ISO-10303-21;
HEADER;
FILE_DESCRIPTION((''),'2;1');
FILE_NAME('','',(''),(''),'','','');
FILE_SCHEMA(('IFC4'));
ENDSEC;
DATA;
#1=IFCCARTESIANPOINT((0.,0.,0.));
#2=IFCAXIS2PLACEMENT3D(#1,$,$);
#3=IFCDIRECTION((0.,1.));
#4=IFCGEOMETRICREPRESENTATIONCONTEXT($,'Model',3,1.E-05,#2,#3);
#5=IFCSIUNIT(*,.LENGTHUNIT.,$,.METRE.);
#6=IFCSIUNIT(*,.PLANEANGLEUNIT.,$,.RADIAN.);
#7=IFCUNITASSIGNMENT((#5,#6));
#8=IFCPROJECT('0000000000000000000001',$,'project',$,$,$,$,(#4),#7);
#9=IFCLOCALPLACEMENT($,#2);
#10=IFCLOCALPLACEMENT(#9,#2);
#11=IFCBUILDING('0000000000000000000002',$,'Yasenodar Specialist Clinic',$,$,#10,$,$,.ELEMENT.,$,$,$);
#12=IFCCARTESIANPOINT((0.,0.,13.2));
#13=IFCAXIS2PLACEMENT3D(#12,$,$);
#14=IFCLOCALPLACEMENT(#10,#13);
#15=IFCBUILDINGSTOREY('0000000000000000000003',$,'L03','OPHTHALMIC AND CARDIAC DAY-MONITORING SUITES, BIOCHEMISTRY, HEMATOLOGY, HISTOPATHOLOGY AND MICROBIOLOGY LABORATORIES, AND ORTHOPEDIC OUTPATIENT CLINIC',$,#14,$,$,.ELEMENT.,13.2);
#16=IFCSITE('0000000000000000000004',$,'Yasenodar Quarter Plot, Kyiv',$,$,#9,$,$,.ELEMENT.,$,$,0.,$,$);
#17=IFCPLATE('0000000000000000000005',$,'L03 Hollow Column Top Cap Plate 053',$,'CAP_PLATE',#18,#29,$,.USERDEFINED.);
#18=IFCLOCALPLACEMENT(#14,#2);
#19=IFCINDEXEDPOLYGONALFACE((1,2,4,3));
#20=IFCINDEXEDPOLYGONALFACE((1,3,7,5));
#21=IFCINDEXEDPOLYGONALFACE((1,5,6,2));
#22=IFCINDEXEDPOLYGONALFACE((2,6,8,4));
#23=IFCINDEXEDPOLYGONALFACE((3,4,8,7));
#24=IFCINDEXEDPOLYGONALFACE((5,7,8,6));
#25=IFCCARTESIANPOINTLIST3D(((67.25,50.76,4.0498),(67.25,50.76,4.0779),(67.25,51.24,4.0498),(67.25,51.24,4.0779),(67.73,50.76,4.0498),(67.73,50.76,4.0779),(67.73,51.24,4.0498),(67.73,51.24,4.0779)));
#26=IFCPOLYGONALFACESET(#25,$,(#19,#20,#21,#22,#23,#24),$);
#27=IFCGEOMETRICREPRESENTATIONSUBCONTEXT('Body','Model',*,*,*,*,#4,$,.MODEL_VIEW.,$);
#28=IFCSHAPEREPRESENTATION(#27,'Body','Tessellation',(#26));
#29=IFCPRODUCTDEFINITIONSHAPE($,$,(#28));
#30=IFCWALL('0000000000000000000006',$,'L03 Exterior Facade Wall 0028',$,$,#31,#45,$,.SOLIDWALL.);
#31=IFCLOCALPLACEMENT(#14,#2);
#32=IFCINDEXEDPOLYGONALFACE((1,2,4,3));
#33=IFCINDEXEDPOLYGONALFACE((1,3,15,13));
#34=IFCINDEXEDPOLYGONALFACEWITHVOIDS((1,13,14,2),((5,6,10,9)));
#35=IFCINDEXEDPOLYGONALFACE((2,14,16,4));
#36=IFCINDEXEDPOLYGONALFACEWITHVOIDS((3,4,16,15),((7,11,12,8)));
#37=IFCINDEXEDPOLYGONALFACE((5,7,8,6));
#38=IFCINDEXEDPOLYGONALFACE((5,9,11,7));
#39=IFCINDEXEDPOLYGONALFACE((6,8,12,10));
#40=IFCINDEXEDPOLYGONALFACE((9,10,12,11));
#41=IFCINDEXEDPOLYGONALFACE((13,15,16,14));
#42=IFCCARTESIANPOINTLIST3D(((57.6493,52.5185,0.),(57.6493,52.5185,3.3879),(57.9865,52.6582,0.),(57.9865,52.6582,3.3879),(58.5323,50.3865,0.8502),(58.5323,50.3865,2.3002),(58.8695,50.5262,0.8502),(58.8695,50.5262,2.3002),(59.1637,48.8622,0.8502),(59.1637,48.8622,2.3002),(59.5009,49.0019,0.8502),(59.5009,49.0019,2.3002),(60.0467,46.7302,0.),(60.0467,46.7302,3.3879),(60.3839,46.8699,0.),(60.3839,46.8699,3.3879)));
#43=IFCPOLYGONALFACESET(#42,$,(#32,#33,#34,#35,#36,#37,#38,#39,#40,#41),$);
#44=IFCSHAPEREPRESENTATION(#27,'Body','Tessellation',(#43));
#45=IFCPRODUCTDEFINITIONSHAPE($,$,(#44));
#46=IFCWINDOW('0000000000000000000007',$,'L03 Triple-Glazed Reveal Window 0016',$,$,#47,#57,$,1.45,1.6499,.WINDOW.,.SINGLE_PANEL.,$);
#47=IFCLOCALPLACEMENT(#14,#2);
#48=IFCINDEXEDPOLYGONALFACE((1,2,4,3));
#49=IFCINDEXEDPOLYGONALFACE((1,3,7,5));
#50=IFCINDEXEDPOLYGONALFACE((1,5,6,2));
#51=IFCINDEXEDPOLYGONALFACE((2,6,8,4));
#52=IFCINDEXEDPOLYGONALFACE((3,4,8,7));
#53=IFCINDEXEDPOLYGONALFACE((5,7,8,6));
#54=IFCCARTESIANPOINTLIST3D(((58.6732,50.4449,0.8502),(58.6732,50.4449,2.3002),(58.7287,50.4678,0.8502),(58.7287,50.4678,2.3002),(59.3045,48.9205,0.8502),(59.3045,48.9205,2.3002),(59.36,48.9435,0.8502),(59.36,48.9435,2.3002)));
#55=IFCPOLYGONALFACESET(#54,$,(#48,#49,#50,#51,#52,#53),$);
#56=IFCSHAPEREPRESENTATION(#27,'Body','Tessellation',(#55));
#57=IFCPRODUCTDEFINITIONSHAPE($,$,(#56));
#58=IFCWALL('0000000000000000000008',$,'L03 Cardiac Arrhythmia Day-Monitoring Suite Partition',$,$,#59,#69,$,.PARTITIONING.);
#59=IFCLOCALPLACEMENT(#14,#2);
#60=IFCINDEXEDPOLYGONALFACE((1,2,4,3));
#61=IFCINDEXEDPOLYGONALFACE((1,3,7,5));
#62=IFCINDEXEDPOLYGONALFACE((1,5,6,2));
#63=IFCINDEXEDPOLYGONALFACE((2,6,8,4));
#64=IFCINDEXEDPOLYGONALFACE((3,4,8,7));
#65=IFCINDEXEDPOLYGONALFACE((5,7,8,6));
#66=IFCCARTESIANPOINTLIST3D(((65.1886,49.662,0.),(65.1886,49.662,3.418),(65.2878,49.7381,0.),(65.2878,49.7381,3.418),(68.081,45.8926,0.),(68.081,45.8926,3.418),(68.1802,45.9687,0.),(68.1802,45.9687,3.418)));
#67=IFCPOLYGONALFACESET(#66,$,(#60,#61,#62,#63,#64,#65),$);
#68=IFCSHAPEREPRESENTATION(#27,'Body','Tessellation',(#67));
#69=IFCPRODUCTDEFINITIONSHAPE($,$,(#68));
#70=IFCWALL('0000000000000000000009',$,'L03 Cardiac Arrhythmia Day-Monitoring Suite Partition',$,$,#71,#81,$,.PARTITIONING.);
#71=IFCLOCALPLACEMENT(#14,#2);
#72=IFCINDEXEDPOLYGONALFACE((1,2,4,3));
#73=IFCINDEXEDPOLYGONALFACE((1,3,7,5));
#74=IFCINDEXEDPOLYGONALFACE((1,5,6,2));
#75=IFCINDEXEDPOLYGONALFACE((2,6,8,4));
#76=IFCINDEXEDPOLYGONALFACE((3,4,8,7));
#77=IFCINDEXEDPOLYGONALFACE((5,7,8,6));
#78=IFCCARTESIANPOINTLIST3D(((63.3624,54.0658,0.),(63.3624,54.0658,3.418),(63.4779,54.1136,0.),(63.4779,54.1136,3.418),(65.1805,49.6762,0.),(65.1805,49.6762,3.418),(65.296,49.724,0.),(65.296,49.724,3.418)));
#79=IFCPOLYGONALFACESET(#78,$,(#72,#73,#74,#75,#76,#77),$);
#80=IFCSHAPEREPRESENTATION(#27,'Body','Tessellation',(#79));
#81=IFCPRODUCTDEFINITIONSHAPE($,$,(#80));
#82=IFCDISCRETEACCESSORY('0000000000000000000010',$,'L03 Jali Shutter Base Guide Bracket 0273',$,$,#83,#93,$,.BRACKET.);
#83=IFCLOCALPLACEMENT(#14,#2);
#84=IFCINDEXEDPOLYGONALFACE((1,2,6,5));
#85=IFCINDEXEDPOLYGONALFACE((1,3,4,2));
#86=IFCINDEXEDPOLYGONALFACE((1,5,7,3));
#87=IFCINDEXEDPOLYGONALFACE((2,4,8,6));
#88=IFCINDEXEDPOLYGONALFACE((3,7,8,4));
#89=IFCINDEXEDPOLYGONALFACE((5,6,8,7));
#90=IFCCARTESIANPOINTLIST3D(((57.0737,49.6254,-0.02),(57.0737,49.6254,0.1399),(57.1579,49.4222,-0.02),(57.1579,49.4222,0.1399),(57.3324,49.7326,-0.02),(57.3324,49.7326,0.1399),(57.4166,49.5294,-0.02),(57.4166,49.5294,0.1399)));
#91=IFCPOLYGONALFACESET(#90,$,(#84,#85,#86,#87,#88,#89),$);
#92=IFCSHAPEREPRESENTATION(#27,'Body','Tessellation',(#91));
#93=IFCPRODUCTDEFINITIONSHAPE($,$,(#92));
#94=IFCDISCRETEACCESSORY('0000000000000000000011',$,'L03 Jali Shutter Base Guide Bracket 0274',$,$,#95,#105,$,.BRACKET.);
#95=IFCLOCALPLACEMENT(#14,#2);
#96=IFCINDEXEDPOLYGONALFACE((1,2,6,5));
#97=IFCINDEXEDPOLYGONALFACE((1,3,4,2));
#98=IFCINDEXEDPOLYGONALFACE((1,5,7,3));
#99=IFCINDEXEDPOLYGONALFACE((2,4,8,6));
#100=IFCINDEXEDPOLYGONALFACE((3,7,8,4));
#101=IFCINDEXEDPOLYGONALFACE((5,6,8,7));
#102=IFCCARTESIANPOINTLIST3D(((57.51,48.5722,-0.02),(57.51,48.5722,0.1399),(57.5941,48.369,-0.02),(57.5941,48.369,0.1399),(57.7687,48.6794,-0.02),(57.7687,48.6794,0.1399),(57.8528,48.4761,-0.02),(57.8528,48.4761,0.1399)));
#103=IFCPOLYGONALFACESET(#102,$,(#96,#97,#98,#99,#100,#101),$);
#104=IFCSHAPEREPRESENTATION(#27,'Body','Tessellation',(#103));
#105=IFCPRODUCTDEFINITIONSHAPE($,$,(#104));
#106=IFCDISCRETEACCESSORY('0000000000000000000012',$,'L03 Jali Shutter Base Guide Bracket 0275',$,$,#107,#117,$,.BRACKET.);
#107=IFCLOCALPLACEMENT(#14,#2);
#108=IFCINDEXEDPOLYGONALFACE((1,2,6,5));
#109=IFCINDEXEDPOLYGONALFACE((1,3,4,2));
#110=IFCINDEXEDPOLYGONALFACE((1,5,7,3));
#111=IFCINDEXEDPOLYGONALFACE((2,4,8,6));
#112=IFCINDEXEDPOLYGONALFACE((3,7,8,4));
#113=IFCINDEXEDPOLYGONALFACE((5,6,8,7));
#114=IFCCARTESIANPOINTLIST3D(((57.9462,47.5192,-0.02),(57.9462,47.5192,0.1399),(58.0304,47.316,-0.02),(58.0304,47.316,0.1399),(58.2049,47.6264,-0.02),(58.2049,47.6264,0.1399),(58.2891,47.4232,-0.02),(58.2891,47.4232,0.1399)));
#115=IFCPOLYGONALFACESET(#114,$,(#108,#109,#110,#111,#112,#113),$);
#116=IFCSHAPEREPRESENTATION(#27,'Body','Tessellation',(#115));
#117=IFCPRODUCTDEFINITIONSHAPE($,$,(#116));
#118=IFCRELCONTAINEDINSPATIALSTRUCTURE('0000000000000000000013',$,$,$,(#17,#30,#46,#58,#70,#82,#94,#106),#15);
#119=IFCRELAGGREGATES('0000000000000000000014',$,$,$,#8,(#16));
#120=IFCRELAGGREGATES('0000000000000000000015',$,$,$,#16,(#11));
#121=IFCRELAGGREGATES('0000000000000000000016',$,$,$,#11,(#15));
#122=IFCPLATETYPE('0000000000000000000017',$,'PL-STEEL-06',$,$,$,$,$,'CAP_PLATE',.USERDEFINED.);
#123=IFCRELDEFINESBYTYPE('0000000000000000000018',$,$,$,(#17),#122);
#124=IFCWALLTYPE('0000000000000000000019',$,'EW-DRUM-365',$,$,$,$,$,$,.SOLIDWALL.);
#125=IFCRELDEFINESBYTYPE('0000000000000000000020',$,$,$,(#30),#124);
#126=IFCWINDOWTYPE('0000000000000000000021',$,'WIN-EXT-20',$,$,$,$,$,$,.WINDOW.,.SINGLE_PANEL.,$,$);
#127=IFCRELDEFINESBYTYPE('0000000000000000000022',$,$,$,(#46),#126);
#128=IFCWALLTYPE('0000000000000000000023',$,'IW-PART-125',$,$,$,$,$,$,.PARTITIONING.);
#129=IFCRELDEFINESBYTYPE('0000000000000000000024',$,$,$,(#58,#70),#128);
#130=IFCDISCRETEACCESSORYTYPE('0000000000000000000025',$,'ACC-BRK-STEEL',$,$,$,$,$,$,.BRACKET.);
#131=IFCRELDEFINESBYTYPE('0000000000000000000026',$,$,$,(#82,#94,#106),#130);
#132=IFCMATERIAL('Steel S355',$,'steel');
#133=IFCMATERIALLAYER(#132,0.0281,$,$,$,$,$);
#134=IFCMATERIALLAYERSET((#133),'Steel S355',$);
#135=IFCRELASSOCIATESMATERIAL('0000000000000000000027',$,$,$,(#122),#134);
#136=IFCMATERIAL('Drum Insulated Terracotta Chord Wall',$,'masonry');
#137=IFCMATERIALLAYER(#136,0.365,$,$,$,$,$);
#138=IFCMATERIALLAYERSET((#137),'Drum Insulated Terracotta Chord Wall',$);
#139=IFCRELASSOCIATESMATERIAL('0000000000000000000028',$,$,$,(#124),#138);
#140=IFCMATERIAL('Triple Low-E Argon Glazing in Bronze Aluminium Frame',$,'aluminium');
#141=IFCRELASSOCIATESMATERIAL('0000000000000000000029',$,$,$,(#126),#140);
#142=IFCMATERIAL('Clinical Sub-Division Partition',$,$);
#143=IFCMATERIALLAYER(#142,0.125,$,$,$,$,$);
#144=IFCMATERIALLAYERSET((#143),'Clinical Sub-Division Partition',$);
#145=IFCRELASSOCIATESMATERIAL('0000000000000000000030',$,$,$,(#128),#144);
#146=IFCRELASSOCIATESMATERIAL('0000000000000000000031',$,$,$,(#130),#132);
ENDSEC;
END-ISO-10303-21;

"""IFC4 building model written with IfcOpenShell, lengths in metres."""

from ifc_helpers import new_model, si_unit, direction, frame, frame_2d, origin, origin_2d, place, context, subcontext, project, spatial, rectangle, extrude, material, layer, layer_set, type_object, element, fill, save


model = new_model("IFC4")

# Units and contexts
model_context = context("Model", 3, precision=1e-05, world=origin(), true_north=direction((0.0, 1.0)))
body_context = subcontext(model_context, "Body", "Model", "MODEL_VIEW")
ifc_project = project(units=[si_unit("LENGTHUNIT", "METRE"), si_unit("PLANEANGLEUNIT", "RADIAN")], contexts=[model_context])

# Site, building, storey
site_placement = place(None, origin())
site = spatial("IfcSite", under=ifc_project, at=site_placement, Name="Yasenodar Quarter Plot, Kyiv", CompositionType="ELEMENT", RefElevation=0.0)
building_placement = place(site_placement, origin())
building = spatial("IfcBuilding", under=site, at=building_placement, Name="Yasenodar Specialist Clinic", CompositionType="ELEMENT")
storey_placement = place(building_placement, frame((0.0, 0.0, 13.2)))
storey = spatial("IfcBuildingStorey", under=building, at=storey_placement, Name="L03", Description="OPHTHALMIC AND CARDIAC DAY-MONITORING SUITES, BIOCHEMISTRY, HEMATOLOGY, HISTOPATHOLOGY AND MICROBIOLOGY LABORATORIES, AND ORTHOPEDIC OUTPATIENT CLINIC", CompositionType="ELEMENT", Elevation=13.2)

# Shared definitions
ifc_material_1 = material(Name="Steel S355", Category="steel")

# Plate
ifc_layer_1 = layer(ifc_material_1, 0.0281)
ifc_layer_set_1 = layer_set([ifc_layer_1], Name="Steel S355")
plate_type_1 = type_object("IfcPlateType", Name="PL-STEEL-06", ElementType="CAP_PLATE", PredefinedType="USERDEFINED", material=ifc_layer_set_1)
plate_1_placement = place(storey_placement, frame((67.49, 51.0, 4.0498), z_axis=(0.0, 0.0, 1.0), x_axis=(1.0, 0.0, 0.0)))
element("IfcPlate", 1, at=plate_1_placement, inside=storey, type_object=plate_type_1, Name="L03 Hollow Column Top Cap Plate 053", ObjectType="CAP_PLATE", PredefinedType="USERDEFINED", context=body_context, shape_type="SweptSolid", body=[
    extrude(rectangle(XDim=0.48, YDim=0.48, at=origin_2d()), origin(), (0.0, 0.0, 1.0), 0.0281),
])

# Wall, opening, window
ifc_material_2 = material(Name="Drum Insulated Terracotta Chord Wall", Category="masonry")
ifc_layer_2 = layer(ifc_material_2, 0.365)
ifc_layer_set_2 = layer_set([ifc_layer_2], Name="Drum Insulated Terracotta Chord Wall")
wall_type_1 = type_object("IfcWallType", Name="EW-DRUM-365", PredefinedType="SOLIDWALL", material=ifc_layer_set_2)
wall_placement = place(storey_placement, frame((60.2153, 46.8, 0.0), z_axis=(0.0, 0.0, 1.0), x_axis=(-0.382664, 0.923888, 0.0)))
wall = element("IfcWall", 2, at=wall_placement, inside=storey, type_object=wall_type_1, Name="L03 Exterior Facade Wall 0028", PredefinedType="SOLIDWALL", context=body_context, shape_type="SweptSolid", body=[
    extrude(rectangle(XDim=6.2651, YDim=0.365, at=frame_2d((3.1326, 0.0))), origin(), (0.0, 0.0, 1.0), 3.3879),
])
opening_placement = place(wall_placement, frame((2.3076, 0.0, 0.8501)))
opening = element("IfcOpeningElement", 3, at=opening_placement, cuts=wall, PredefinedType="OPENING", context=body_context, shape_type="SweptSolid", body=[
    extrude(rectangle(XDim=1.6499, YDim=1.45, at=frame_2d((0.825, 0.7251))), frame((0.0, 0.1924, 0.0), z_axis=(0.0, -1.0, 0.0), x_axis=(1.0, 0.0, 0.0)), (0.0, 0.0, 1.0), 0.385),
])
ifc_material_3 = material(Name="Triple Low-E Argon Glazing in Bronze Aluminium Frame", Category="aluminium")
window_type = type_object("IfcWindowType", Name="WIN-EXT-20", PartitioningType="SINGLE_PANEL", PredefinedType="WINDOW", material=ifc_material_3)
window_placement = place(opening_placement, origin())
window = element("IfcWindow", 4, at=window_placement, inside=storey, type_object=window_type, Name="L03 Triple-Glazed Reveal Window 0016", OverallHeight=1.45, OverallWidth=1.6499, PartitioningType="SINGLE_PANEL", PredefinedType="WINDOW", context=body_context, shape_type="SweptSolid", body=[
    extrude(rectangle(XDim=1.6499, YDim=1.45, at=frame_2d((0.825, 0.7251))), frame((0.0, 0.03, 0.0), z_axis=(0.0, -1.0, 0.0), x_axis=(1.0, 0.0, 0.0)), (0.0, 0.0, 1.0), 0.0601),
])
fill(opening, window)

# Walls
ifc_material_4 = material(Name="Clinical Sub-Division Partition")
ifc_layer_3 = layer(ifc_material_4, 0.125)
ifc_layer_set_3 = layer_set([ifc_layer_3], Name="Clinical Sub-Division Partition")
wall_type_2 = type_object("IfcWallType", Name="IW-PART-125", PredefinedType="PARTITIONING", material=ifc_layer_set_3)
for number, where, z_axis, x_axis, name in (
    (5, (65.2383, 49.7, 0.0), (0.0, 0.0, 1.0), (0.608769, -0.793347, 0.0), "L03 Cardiac Arrhythmia Day-Monitoring Suite Partition"),
    (6, (63.4202, 54.0896, 0.0), (0.0, 0.0, 1.0), (0.382659, -0.92389, 0.0), "L03 Cardiac Arrhythmia Day-Monitoring Suite Partition"),
):
    element("IfcWall", number, at=place(storey_placement, frame(where, z_axis=z_axis, x_axis=x_axis)), inside=storey, type_object=wall_type_2, Name=name, PredefinedType="PARTITIONING", context=body_context, shape_type="SweptSolid", body=[
        extrude(rectangle(XDim=4.7512, YDim=0.125, at=frame_2d((2.3755, 0.0))), origin(), (0.0, 0.0, 1.0), 3.418),
    ])

# Discrete accessories
discrete_accessory_type = type_object("IfcDiscreteAccessoryType", Name="ACC-BRK-STEEL", PredefinedType="BRACKET", material=ifc_material_1)
for number, where, z_axis, x_axis, name in (
    (7, (57.2451, 49.5774, -0.02), (0.0, 0.0, 1.0), (0.382687, -0.923878, 0.0), "L03 Jali Shutter Base Guide Bracket 0273"),
    (8, (57.6814, 48.5242, -0.02), (0.0, 0.0, 1.0), (0.382687, -0.923878, 0.0), "L03 Jali Shutter Base Guide Bracket 0274"),
    (9, (58.1177, 47.4712, -0.02), (0.0, 0.0, 1.0), (0.382687, -0.923878, 0.0), "L03 Jali Shutter Base Guide Bracket 0275"),
):
    element("IfcDiscreteAccessory", number, at=place(storey_placement, frame(where, z_axis=z_axis, x_axis=x_axis)), inside=storey, type_object=discrete_accessory_type, Name=name, PredefinedType="BRACKET", context=body_context, shape_type="SweptSolid", body=[
        extrude(rectangle(XDim=0.22, YDim=0.28, at=origin_2d()), origin(), (0.0, 0.0, 1.0), 0.1599),
    ])

save(model, "model.ifc")
